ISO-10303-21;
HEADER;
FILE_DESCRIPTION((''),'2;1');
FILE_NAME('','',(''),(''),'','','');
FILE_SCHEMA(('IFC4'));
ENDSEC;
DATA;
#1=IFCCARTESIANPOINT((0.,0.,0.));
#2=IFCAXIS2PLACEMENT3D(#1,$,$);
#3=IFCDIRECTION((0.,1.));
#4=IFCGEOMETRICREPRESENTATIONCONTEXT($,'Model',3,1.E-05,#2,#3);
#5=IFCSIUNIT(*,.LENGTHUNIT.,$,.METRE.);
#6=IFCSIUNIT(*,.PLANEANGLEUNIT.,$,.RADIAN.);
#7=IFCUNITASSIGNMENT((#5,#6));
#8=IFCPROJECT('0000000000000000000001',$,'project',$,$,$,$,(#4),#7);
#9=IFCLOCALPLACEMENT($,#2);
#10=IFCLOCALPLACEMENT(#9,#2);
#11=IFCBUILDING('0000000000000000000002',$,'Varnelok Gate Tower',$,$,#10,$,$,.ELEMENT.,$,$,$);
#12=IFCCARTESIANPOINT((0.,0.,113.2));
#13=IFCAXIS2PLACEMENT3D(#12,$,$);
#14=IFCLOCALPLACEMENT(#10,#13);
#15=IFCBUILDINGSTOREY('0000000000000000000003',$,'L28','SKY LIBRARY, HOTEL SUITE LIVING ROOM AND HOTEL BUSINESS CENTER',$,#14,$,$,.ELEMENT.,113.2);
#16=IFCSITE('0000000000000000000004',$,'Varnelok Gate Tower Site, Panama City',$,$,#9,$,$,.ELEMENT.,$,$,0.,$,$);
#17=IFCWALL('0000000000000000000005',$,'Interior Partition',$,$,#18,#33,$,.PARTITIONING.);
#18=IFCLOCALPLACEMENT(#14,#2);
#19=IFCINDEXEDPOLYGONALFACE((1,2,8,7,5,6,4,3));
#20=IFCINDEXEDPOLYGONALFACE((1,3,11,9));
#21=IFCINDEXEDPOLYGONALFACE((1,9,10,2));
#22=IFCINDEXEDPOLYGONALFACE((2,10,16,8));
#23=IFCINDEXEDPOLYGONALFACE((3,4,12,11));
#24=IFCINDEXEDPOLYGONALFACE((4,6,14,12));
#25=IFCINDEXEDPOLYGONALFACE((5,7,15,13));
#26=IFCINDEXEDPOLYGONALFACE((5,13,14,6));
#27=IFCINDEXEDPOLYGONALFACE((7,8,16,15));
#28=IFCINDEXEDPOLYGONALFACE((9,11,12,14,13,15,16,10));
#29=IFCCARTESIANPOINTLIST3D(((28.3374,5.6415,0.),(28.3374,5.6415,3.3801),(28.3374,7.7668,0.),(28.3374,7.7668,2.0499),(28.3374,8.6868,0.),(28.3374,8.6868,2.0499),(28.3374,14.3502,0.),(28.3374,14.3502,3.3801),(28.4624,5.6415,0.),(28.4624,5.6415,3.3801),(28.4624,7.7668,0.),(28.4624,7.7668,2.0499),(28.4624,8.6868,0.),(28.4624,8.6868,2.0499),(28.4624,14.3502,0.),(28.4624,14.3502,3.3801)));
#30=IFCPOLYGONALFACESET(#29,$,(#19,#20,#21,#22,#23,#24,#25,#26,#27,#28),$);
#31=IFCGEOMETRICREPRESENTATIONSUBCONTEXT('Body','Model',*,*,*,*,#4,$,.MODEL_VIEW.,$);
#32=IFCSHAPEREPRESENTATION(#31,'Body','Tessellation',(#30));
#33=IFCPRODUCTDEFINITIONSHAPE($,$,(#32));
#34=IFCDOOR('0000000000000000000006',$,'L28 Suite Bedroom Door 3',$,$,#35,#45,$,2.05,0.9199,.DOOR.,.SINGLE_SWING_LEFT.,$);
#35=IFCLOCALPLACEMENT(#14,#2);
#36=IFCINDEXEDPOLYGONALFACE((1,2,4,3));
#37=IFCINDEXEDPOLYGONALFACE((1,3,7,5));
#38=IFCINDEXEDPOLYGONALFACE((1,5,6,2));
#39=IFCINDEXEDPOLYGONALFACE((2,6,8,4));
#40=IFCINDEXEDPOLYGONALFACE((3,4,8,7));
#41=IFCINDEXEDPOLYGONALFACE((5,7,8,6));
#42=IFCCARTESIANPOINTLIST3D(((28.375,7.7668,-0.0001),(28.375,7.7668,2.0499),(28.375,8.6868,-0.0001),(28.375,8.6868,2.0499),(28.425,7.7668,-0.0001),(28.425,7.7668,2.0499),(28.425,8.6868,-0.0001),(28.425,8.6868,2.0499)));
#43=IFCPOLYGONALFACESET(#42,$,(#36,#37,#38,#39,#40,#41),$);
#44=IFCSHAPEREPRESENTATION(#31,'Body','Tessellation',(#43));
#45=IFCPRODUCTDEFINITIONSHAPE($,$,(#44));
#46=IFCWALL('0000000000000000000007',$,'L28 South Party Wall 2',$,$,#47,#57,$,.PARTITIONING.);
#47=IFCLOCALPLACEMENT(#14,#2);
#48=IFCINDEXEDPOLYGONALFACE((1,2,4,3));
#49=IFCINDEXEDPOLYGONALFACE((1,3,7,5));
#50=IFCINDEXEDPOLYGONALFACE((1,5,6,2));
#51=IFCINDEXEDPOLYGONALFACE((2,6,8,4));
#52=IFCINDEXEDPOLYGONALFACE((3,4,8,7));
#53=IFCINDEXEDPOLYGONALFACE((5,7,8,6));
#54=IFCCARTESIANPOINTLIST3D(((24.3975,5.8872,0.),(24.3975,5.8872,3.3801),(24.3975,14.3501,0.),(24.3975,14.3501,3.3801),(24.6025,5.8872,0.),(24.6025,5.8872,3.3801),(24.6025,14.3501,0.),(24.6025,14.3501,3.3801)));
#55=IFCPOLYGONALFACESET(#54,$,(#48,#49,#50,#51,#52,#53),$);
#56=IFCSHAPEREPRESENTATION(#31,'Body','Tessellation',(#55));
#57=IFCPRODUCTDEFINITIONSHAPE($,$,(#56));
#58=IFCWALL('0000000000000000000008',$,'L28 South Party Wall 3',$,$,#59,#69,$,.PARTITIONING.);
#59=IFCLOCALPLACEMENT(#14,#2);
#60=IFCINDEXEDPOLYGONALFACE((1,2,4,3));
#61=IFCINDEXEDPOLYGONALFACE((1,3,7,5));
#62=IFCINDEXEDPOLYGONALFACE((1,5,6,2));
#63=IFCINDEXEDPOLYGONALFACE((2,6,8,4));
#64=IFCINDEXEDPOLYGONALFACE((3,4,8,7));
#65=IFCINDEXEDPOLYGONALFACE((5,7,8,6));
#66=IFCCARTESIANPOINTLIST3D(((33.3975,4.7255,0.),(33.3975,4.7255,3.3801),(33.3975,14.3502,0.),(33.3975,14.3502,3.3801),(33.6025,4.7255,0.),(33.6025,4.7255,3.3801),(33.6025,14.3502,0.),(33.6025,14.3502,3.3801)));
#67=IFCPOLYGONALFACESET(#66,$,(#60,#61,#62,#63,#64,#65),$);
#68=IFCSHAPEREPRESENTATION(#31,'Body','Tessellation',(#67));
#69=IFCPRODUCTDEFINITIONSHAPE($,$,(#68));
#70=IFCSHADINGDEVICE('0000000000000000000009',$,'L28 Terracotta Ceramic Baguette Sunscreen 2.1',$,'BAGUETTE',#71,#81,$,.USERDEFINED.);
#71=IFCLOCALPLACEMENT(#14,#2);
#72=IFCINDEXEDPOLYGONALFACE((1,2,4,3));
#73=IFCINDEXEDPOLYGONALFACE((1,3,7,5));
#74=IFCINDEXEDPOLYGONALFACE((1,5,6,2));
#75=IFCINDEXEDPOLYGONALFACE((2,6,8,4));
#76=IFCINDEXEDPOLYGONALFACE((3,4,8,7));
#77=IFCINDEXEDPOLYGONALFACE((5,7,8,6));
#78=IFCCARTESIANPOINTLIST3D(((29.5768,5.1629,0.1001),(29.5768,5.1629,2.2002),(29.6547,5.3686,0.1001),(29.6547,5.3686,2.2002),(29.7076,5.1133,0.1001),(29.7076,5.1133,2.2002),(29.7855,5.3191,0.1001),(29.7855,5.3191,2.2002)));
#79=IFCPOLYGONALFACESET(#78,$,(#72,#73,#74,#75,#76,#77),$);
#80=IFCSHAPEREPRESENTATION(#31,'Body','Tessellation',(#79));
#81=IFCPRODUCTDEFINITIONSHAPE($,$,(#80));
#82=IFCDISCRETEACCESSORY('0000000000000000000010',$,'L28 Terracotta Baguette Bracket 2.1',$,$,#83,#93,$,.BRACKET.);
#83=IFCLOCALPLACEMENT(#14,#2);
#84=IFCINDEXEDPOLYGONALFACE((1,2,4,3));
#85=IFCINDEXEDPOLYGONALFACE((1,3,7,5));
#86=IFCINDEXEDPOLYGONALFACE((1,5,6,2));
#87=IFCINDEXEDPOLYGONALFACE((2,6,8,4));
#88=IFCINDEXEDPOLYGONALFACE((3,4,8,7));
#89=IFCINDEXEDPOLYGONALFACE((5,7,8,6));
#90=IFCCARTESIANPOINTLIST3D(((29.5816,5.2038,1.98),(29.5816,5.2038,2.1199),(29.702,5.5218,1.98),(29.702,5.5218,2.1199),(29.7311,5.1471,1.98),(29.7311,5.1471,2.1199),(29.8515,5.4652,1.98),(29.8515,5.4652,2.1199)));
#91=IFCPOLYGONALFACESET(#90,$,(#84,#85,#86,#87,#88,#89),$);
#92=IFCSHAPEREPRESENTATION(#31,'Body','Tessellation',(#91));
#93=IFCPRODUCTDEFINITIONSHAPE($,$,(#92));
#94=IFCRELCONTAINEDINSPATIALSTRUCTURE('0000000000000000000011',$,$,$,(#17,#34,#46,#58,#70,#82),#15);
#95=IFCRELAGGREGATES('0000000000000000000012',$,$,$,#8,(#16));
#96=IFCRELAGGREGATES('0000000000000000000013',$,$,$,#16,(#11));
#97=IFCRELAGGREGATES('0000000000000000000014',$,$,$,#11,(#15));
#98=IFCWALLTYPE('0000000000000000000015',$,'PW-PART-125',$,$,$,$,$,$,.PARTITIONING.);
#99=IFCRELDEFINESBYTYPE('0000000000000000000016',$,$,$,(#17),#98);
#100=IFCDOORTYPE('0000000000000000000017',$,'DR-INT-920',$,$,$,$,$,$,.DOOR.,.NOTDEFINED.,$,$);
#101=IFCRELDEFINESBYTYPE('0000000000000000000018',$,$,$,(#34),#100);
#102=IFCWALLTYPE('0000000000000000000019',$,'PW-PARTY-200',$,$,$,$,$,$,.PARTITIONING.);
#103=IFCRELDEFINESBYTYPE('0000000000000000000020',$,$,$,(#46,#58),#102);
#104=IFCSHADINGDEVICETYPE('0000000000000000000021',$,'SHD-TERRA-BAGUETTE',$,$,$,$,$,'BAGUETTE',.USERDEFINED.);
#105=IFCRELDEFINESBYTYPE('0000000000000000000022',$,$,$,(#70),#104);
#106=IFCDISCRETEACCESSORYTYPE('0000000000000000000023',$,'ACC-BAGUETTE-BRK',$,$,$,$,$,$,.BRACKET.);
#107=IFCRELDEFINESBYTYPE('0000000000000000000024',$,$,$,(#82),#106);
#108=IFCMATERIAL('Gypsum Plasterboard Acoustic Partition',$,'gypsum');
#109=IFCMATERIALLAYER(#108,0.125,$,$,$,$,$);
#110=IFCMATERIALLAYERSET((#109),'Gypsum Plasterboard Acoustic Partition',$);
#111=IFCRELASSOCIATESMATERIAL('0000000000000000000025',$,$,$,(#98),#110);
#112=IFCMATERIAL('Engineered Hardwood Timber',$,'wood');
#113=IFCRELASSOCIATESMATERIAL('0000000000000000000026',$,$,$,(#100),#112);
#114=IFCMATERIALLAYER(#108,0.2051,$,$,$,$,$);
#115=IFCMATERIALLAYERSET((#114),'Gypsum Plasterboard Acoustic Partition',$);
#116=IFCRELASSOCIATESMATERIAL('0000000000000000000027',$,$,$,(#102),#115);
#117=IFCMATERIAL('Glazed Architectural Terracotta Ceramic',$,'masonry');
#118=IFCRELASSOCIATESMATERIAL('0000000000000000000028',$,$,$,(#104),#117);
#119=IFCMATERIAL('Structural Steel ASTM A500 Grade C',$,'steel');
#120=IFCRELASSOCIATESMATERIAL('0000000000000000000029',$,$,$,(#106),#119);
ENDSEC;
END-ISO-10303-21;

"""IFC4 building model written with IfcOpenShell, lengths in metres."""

from ifc_helpers import new_model, si_unit, direction, frame, frame_2d, origin, origin_2d, place, context, subcontext, project, spatial, rectangle, extrude, source, transform, mapped, material, layer, layer_set, type_object, element, fill, save


model = new_model("IFC4")

# Units and contexts
model_context = context("Model", 3, precision=1e-05, world=origin(), true_north=direction((0.0, 1.0)))
body_context = subcontext(model_context, "Body", "Model", "MODEL_VIEW")
ifc_project = project(units=[si_unit("LENGTHUNIT", "METRE"), si_unit("PLANEANGLEUNIT", "RADIAN")], contexts=[model_context])

# Site, building, storey
site_placement = place(None, origin())
site = spatial("IfcSite", under=ifc_project, at=site_placement, Name="Varnelok Gate Tower Site, Panama City", CompositionType="ELEMENT", RefElevation=0.0)
building_placement = place(site_placement, origin())
building = spatial("IfcBuilding", under=site, at=building_placement, Name="Varnelok Gate Tower", CompositionType="ELEMENT")
storey_placement = place(building_placement, frame((0.0, 0.0, 113.2)))
storey = spatial("IfcBuildingStorey", under=building, at=storey_placement, Name="L28", Description="SKY LIBRARY, HOTEL SUITE LIVING ROOM AND HOTEL BUSINESS CENTER", CompositionType="ELEMENT", Elevation=113.2)

# Shared definitions
ifc_material_1 = material(Name="Gypsum Plasterboard Acoustic Partition", Category="gypsum")
ifc_material_2 = material(Name="Engineered Hardwood Timber", Category="wood")

# Wall, opening, door
ifc_layer_1 = layer(ifc_material_1, 0.125)
ifc_layer_set_1 = layer_set([ifc_layer_1], Name="Gypsum Plasterboard Acoustic Partition")
wall_type_1 = type_object("IfcWallType", Name="PW-PART-125", PredefinedType="PARTITIONING", material=ifc_layer_set_1)
wall_1_placement = place(storey_placement, frame((28.3999, 5.6414, 0.0), z_axis=(0.0, 0.0, 1.0), x_axis=(0.0, 1.0, 0.0)))
wall_1 = element("IfcWall", 1, at=wall_1_placement, inside=storey, type_object=wall_type_1, Name="Interior Partition", PredefinedType="PARTITIONING", context=body_context, shape_type="SweptSolid", body=[
    extrude(rectangle(XDim=8.7087, YDim=0.125, at=frame_2d((4.3545, 0.0))), origin(), (0.0, 0.0, 1.0), 3.3801),
])
opening_1_placement = place(wall_1_placement, frame((2.1255, 0.0, 0.0)))
opening_1 = element("IfcOpeningElement", 2, at=opening_1_placement, cuts=wall_1, PredefinedType="OPENING", context=body_context, shape_type="SweptSolid", body=[
    extrude(rectangle(XDim=0.9199, YDim=2.05, at=frame_2d((0.46, 1.0249))), frame((0.0, 0.0725, 0.0), z_axis=(0.0, -1.0, 0.0), x_axis=(1.0, 0.0, 0.0)), (0.0, 0.0, 1.0), 0.145),
])
door_type_1 = type_object("IfcDoorType", Name="DR-INT-920", OperationType="NOTDEFINED", PredefinedType="DOOR", material=ifc_material_2)
door_1_placement = place(opening_1_placement, origin())
door_1 = element("IfcDoor", 3, at=door_1_placement, inside=storey, type_object=door_type_1, Name="L28 Suite Bedroom Door 3", OperationType="SINGLE_SWING_LEFT", OverallHeight=2.05, OverallWidth=0.9199, PredefinedType="DOOR", context=body_context, shape_type="SweptSolid", body=[
    extrude(rectangle(XDim=0.9199, YDim=2.05, at=frame_2d((0.46, 1.0249))), frame((0.0, 0.0249, 0.0), z_axis=(0.0, -1.0, 0.0), x_axis=(1.0, 0.0, 0.0)), (0.0, 0.0, 1.0), 0.05),
])
fill(opening_1, door_1)

# Walls
ifc_layer_2 = layer(ifc_material_1, 0.2051)
ifc_layer_set_2 = layer_set([ifc_layer_2], Name="Gypsum Plasterboard Acoustic Partition")
wall_type_2 = type_object("IfcWallType", Name="PW-PARTY-200", PredefinedType="PARTITIONING", material=ifc_layer_set_2)
wall_2_placement = place(storey_placement, frame((24.5, 5.8872, 0.0), z_axis=(0.0, 0.0, 1.0), x_axis=(0.0, 1.0, 0.0)))
element("IfcWall", 4, at=wall_2_placement, inside=storey, type_object=wall_type_2, Name="L28 South Party Wall 2", PredefinedType="PARTITIONING", context=body_context, shape_type="SweptSolid", body=[
    extrude(rectangle(XDim=8.4629, YDim=0.2051, at=frame_2d((4.2314, 0.0))), origin(), (0.0, 0.0, 1.0), 3.3801),
])
wall_3_placement = place(storey_placement, frame((33.5, 4.7253, 0.0), z_axis=(0.0, 0.0, 1.0), x_axis=(0.0, 1.0, 0.0)))
element("IfcWall", 5, at=wall_3_placement, inside=storey, type_object=wall_type_2, Name="L28 South Party Wall 3", PredefinedType="PARTITIONING", context=body_context, shape_type="SweptSolid", body=[
    extrude(rectangle(XDim=9.6248, YDim=0.2051, at=frame_2d((4.8125, 0.0))), origin(), (0.0, 0.0, 1.0), 3.3801),
])

# Shading device
ifc_material_3 = material(Name="Glazed Architectural Terracotta Ceramic", Category="masonry")
shading_device_type = type_object("IfcShadingDeviceType", Name="SHD-TERRA-BAGUETTE", ElementType="BAGUETTE", PredefinedType="USERDEFINED", material=ifc_material_3)
shared_shape_1 = source(origin(), body_context, "Body", "SweptSolid", [
    extrude(rectangle(XDim=0.1399, YDim=0.22, at=origin_2d()), origin(), (0.0, 0.0, 1.0), 2.1001),
])
shading_device_placement = place(storey_placement, frame((29.6812, 5.241, 0.1001), z_axis=(0.0, 0.0, 1.0), x_axis=(0.935222, -0.354063, 0.0)))
element("IfcShadingDevice", 6, at=shading_device_placement, inside=storey, type_object=shading_device_type, Name="L28 Terracotta Ceramic Baguette Sunscreen 2.1", ObjectType="BAGUETTE", PredefinedType="USERDEFINED", context=body_context, shape_type="MappedRepresentation", body=[
    mapped(shared_shape_1, transform((0.0, 0.0, 0.0), scale=1.0)),
])

# Discrete accessory
ifc_material_4 = material(Name="Structural Steel ASTM A500 Grade C", Category="steel")
discrete_accessory_type = type_object("IfcDiscreteAccessoryType", Name="ACC-BAGUETTE-BRK", PredefinedType="BRACKET", material=ifc_material_4)
shared_shape_2 = source(origin(), body_context, "Body", "SweptSolid", [
    extrude(rectangle(XDim=0.1599, YDim=0.3401, at=origin_2d()), origin(), (0.0, 0.0, 1.0), 0.1399),
])
discrete_accessory_placement = place(storey_placement, frame((29.7166, 5.3345, 1.98), z_axis=(0.0, 0.0, 1.0), x_axis=(0.935222, -0.354063, 0.0)))
element("IfcDiscreteAccessory", 7, at=discrete_accessory_placement, inside=storey, type_object=discrete_accessory_type, Name="L28 Terracotta Baguette Bracket 2.1", PredefinedType="BRACKET", context=body_context, shape_type="MappedRepresentation", body=[
    mapped(shared_shape_2, transform((0.0, 0.0, 0.0), scale=1.0)),
])

save(model, "model.ifc")
